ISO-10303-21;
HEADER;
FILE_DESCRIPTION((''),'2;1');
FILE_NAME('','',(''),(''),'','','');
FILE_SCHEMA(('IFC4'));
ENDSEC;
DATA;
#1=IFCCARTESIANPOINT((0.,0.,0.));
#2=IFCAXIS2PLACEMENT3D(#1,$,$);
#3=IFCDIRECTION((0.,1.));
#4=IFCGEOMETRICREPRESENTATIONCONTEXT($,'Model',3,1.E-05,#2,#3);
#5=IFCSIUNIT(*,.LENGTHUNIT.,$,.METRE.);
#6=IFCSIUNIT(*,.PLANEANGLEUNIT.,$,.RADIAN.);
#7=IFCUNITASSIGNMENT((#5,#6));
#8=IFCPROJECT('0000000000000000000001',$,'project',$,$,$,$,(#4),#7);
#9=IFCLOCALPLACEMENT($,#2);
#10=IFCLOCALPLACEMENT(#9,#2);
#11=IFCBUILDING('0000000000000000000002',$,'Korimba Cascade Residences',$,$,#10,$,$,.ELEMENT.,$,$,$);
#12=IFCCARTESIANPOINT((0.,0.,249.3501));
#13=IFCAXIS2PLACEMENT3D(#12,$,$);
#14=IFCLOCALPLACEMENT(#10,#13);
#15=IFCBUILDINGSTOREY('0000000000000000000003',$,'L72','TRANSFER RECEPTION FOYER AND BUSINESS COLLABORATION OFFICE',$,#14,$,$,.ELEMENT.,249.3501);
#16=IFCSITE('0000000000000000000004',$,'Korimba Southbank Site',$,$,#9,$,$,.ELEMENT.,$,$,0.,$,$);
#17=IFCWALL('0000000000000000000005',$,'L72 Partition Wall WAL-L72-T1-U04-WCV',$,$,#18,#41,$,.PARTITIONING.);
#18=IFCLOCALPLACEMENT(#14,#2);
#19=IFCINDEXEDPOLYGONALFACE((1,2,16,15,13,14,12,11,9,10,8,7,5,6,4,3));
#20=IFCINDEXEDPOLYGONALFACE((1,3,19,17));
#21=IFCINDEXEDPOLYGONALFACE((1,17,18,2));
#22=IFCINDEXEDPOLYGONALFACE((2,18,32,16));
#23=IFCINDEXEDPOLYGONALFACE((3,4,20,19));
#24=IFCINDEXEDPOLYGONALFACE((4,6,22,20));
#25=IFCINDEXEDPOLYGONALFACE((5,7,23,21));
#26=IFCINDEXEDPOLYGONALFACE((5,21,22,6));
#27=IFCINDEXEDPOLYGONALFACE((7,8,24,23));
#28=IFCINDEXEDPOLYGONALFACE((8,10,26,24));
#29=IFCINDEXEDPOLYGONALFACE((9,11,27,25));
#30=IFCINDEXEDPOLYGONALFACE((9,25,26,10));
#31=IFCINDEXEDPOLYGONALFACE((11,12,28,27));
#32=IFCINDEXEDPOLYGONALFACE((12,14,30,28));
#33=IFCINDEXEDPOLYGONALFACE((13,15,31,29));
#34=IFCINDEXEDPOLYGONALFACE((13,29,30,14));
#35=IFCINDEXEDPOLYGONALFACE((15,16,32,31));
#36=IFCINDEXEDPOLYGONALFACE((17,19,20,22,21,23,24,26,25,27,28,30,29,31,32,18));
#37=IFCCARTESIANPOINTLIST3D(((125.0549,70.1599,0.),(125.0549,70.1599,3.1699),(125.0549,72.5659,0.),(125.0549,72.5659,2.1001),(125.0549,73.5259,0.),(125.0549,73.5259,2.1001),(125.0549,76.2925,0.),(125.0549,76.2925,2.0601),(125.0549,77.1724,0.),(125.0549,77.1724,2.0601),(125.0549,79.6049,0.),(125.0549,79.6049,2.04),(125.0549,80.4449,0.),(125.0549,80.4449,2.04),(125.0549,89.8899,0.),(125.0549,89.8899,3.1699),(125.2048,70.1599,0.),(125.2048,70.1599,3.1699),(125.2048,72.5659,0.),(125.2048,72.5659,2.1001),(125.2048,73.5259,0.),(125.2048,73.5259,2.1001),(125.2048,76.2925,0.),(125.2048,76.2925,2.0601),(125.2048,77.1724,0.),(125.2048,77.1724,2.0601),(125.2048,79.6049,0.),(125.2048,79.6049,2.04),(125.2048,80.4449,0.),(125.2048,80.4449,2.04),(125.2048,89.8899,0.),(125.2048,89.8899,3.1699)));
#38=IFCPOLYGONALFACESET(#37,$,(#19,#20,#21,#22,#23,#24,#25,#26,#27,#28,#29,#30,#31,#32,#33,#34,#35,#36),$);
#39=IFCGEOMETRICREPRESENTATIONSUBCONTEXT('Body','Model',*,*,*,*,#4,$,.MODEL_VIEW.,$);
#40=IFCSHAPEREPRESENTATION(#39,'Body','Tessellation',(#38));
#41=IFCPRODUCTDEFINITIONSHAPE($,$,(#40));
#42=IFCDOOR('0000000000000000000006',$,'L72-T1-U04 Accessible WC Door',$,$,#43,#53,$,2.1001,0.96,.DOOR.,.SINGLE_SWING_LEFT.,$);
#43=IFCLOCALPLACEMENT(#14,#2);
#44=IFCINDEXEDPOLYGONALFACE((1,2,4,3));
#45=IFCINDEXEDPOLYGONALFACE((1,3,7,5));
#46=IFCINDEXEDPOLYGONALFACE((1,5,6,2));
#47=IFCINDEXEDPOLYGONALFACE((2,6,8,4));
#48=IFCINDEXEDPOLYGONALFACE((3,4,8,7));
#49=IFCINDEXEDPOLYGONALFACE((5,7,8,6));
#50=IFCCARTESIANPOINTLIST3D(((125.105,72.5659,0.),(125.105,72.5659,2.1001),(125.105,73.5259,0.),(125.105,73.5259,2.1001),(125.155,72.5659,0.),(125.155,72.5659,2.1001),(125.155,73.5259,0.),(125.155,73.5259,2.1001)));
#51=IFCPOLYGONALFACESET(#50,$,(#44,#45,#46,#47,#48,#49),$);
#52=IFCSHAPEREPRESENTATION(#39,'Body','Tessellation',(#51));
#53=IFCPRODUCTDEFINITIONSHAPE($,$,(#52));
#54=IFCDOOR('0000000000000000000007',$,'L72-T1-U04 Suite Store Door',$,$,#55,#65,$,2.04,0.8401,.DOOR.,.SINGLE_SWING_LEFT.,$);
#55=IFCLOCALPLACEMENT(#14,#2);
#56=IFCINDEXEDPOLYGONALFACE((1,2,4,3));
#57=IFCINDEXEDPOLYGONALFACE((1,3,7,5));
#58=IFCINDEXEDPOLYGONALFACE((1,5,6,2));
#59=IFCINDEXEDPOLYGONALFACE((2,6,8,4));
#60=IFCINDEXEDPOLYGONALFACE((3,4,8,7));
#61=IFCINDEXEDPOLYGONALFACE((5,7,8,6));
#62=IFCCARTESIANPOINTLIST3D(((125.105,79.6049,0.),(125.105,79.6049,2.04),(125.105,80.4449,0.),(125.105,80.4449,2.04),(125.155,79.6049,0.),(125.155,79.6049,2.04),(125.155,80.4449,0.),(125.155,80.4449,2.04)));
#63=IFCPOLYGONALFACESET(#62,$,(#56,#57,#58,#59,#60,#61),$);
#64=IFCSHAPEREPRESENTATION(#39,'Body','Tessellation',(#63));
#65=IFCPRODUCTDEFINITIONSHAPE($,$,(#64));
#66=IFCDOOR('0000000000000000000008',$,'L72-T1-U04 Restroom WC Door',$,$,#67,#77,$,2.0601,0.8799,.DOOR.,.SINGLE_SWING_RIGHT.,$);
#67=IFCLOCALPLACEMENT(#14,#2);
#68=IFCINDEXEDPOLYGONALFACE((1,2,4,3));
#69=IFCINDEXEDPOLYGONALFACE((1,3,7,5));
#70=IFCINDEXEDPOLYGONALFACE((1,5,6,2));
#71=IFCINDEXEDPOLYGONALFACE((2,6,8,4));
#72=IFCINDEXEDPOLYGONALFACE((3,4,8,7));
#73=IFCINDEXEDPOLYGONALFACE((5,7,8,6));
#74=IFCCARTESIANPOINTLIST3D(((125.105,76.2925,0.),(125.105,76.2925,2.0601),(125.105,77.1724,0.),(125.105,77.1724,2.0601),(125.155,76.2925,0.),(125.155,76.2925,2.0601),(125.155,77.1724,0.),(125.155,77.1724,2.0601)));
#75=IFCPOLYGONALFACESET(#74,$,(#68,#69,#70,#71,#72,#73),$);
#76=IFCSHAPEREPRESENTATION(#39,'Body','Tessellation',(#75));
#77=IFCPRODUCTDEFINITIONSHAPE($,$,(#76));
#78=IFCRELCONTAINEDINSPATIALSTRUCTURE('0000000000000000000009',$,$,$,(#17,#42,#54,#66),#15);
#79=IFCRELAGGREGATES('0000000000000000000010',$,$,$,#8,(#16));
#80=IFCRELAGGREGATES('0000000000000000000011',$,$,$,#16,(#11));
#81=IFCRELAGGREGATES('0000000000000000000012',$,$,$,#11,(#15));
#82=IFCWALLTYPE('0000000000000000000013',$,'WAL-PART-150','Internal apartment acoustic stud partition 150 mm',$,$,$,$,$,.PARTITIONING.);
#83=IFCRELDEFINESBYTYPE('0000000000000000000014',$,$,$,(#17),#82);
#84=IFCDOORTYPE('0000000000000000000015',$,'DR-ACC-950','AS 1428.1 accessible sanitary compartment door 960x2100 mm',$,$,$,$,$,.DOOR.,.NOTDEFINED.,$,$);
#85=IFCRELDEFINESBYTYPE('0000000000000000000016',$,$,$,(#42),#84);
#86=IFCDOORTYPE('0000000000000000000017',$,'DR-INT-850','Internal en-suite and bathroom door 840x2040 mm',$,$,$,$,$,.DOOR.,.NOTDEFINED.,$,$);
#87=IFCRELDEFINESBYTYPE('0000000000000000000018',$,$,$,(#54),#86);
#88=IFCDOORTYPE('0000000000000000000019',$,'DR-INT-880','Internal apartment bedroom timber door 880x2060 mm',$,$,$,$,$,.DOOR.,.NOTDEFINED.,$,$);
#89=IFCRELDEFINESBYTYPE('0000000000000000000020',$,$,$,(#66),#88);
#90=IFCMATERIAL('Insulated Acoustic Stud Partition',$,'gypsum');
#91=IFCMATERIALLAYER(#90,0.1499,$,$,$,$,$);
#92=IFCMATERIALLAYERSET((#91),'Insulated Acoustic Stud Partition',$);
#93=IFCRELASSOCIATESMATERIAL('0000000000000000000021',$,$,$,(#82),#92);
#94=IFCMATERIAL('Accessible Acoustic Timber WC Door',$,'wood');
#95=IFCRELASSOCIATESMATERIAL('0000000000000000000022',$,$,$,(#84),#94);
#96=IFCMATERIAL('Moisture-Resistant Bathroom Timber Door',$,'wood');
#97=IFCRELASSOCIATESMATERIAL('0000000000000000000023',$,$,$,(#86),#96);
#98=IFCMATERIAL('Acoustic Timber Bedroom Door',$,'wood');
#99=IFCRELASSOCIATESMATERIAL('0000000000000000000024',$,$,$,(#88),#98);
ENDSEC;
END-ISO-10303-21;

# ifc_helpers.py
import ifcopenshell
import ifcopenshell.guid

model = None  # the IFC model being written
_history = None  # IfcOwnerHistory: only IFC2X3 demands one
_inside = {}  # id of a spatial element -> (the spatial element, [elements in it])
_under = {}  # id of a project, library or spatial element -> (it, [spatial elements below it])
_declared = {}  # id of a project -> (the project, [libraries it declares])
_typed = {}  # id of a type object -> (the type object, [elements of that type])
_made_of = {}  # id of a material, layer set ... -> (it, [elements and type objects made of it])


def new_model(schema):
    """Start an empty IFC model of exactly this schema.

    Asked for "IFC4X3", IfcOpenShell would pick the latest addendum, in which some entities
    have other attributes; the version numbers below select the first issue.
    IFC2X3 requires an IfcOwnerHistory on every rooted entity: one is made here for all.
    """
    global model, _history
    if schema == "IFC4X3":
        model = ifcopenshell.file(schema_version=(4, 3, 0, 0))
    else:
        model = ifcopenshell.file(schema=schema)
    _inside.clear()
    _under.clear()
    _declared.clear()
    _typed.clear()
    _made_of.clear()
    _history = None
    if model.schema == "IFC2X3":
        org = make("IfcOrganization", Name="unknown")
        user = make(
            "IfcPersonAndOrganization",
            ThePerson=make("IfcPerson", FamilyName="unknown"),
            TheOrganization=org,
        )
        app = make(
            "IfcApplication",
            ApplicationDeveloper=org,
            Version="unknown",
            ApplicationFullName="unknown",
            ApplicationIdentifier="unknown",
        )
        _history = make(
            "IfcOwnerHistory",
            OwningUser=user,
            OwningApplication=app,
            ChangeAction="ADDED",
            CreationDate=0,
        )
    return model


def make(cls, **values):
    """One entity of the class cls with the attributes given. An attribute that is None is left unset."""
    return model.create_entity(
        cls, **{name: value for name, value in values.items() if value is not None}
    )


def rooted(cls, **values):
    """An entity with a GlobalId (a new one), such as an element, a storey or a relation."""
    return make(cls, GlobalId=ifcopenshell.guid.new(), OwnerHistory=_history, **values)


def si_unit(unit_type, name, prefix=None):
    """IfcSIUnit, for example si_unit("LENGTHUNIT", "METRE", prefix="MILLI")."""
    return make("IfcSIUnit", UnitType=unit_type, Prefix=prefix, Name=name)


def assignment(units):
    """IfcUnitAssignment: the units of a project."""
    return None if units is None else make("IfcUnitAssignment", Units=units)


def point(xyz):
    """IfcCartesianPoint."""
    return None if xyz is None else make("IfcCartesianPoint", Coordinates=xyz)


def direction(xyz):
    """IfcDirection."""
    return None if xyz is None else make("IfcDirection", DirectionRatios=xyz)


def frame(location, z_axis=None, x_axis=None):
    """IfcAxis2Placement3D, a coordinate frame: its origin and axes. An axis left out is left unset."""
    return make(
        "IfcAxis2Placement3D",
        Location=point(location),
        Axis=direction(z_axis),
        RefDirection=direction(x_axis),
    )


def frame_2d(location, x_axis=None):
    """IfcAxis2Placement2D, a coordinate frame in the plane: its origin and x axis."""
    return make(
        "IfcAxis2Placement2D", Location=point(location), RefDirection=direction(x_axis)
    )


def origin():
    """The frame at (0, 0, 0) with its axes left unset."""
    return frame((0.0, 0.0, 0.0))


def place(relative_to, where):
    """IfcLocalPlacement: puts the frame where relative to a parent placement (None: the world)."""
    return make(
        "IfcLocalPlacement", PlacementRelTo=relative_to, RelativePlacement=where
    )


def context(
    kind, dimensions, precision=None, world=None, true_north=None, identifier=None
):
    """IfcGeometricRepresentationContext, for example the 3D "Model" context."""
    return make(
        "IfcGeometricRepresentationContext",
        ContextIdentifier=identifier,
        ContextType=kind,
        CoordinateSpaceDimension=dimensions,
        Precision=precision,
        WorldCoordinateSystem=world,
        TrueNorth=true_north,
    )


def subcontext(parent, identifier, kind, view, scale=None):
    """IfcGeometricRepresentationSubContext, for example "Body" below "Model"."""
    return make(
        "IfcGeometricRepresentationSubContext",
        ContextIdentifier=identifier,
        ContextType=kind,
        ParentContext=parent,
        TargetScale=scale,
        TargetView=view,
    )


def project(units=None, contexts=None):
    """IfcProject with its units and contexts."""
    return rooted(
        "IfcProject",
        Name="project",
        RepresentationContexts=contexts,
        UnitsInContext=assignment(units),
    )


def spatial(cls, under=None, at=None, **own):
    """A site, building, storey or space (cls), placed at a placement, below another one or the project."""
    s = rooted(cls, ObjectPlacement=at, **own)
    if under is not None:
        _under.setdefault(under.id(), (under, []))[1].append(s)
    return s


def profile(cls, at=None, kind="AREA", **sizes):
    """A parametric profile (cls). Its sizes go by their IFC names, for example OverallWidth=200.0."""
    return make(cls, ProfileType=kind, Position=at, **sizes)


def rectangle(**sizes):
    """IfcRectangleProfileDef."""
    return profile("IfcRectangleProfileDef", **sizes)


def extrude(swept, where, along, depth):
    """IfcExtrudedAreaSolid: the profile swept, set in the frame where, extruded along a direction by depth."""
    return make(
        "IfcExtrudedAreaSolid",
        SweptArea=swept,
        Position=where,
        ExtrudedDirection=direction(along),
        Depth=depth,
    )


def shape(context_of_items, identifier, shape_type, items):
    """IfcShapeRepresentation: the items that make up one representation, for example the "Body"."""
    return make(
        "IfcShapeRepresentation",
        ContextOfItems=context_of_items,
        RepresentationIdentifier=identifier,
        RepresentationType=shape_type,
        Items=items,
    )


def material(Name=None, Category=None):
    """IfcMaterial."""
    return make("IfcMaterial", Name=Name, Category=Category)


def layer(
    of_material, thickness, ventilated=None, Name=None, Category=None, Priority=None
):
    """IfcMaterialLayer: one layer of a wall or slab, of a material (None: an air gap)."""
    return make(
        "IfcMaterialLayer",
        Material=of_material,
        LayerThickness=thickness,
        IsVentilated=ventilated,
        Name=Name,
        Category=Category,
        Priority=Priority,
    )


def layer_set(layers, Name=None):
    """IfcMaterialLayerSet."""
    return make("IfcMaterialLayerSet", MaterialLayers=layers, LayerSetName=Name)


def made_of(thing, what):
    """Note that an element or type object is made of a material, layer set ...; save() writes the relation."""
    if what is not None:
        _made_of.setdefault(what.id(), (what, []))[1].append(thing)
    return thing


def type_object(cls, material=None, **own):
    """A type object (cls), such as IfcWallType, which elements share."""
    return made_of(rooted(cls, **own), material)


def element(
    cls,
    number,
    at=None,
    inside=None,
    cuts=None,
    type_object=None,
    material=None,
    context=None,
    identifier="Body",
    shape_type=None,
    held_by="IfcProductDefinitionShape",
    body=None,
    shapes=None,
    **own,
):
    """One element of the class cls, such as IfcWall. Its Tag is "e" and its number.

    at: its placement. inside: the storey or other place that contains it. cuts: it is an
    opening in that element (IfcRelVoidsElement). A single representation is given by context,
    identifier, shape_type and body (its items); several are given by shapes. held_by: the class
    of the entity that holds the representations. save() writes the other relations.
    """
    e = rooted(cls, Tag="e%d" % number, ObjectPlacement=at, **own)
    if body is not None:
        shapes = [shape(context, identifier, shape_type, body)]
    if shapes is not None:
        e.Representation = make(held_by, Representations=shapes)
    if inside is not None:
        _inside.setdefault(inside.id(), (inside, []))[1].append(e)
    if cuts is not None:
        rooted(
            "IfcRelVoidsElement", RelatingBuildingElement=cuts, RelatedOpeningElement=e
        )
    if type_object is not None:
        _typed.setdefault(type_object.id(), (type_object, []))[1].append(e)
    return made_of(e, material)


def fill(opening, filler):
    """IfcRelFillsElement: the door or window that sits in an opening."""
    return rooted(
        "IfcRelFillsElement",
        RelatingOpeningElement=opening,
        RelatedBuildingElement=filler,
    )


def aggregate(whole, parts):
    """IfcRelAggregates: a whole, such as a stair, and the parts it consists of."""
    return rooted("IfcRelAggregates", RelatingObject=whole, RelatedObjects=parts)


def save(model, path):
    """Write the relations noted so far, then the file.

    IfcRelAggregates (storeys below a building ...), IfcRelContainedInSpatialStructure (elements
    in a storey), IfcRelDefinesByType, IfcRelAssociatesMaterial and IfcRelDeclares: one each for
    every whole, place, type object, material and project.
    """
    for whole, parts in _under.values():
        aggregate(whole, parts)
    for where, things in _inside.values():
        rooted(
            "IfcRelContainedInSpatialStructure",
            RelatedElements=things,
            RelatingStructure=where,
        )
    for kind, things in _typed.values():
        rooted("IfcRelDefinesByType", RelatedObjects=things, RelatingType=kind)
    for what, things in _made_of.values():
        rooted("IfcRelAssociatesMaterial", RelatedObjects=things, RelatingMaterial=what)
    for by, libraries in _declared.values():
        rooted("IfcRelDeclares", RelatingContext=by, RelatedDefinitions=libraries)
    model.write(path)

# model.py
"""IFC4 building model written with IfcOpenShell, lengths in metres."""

from ifc_helpers import new_model, si_unit, direction, frame, frame_2d, origin, place, context, subcontext, project, spatial, rectangle, extrude, material, layer, layer_set, type_object, element, fill, save


model = new_model("IFC4")

# Units and contexts
model_context = context("Model", 3, precision=1e-05, world=origin(), true_north=direction((0.0, 1.0)))
body_context = subcontext(model_context, "Body", "Model", "MODEL_VIEW")
ifc_project = project(units=[si_unit("LENGTHUNIT", "METRE"), si_unit("PLANEANGLEUNIT", "RADIAN")], contexts=[model_context])

# Site, building, storey
site_placement = place(None, origin())
site = spatial("IfcSite", under=ifc_project, at=site_placement, Name="Korimba Southbank Site", CompositionType="ELEMENT", RefElevation=0.0)
building_placement = place(site_placement, origin())
building = spatial("IfcBuilding", under=site, at=building_placement, Name="Korimba Cascade Residences", CompositionType="ELEMENT")
storey_placement = place(building_placement, frame((0.0, 0.0, 249.3501)))
storey = spatial("IfcBuildingStorey", under=building, at=storey_placement, Name="L72", Description="TRANSFER RECEPTION FOYER AND BUSINESS COLLABORATION OFFICE", CompositionType="ELEMENT", Elevation=249.3501)

# Shared definitions
ifc_material_1 = material(Name="Insulated Acoustic Stud Partition", Category="gypsum")
ifc_layer_1 = layer(ifc_material_1, 0.1499)
ifc_layer_set_1 = layer_set([ifc_layer_1], Name="Insulated Acoustic Stud Partition")
wall_type_1 = type_object("IfcWallType", Name="WAL-PART-150", Description="Internal apartment acoustic stud partition 150 mm", PredefinedType="PARTITIONING", material=ifc_layer_set_1)

# Wall, openings, doors
wall_1_placement = place(storey_placement, frame((125.1299, 70.1599, 0.0), z_axis=(0.0, 0.0, 1.0), x_axis=(0.0, 1.0, 0.0)))
wall_1 = element("IfcWall", 1, at=wall_1_placement, inside=storey, type_object=wall_type_1, Name="L72 Partition Wall WAL-L72-T1-U04-WCV", PredefinedType="PARTITIONING", context=body_context, shape_type="SweptSolid", body=[
    extrude(rectangle(XDim=19.73, YDim=0.1499, at=frame_2d((9.865, 0.0))), origin(), (0.0, 0.0, 1.0), 3.1699),
])
opening_1_placement = place(wall_1_placement, frame((2.406, 0.0, 0.0)))
opening_1 = element("IfcOpeningElement", 2, at=opening_1_placement, cuts=wall_1, PredefinedType="OPENING", context=body_context, shape_type="SweptSolid", body=[
    extrude(rectangle(XDim=0.96, YDim=2.1001, at=frame_2d((0.48, 1.05))), frame((0.0, 0.085, 0.0), z_axis=(0.0, -1.0, 0.0), x_axis=(1.0, 0.0, 0.0)), (0.0, 0.0, 1.0), 0.1699),
])
opening_2_placement = place(wall_1_placement, frame((6.1326, 0.0, 0.0)))
opening_2 = element("IfcOpeningElement", 3, at=opening_2_placement, cuts=wall_1, PredefinedType="OPENING", context=body_context, shape_type="SweptSolid", body=[
    extrude(rectangle(XDim=0.8799, YDim=2.0601, at=frame_2d((0.4399, 1.03))), frame((0.0, 0.085, 0.0), z_axis=(0.0, -1.0, 0.0), x_axis=(1.0, 0.0, 0.0)), (0.0, 0.0, 1.0), 0.1699),
])
opening_3_placement = place(wall_1_placement, frame((9.4451, 0.0, 0.0)))
opening_3 = element("IfcOpeningElement", 4, at=opening_3_placement, cuts=wall_1, PredefinedType="OPENING", context=body_context, shape_type="SweptSolid", body=[
    extrude(rectangle(XDim=0.8401, YDim=2.04, at=frame_2d((0.4199, 1.02))), frame((0.0, 0.085, 0.0), z_axis=(0.0, -1.0, 0.0), x_axis=(1.0, 0.0, 0.0)), (0.0, 0.0, 1.0), 0.1699),
])
ifc_material_2 = material(Name="Accessible Acoustic Timber WC Door", Category="wood")
door_type_1 = type_object("IfcDoorType", Name="DR-ACC-950", Description="AS 1428.1 accessible sanitary compartment door 960x2100 mm", OperationType="NOTDEFINED", PredefinedType="DOOR", material=ifc_material_2)
door_1_placement = place(opening_1_placement, origin())
door_1 = element("IfcDoor", 5, at=door_1_placement, inside=storey, type_object=door_type_1, Name="L72-T1-U04 Accessible WC Door", OperationType="SINGLE_SWING_LEFT", OverallHeight=2.1001, OverallWidth=0.96, PredefinedType="DOOR", context=body_context, shape_type="SweptSolid", body=[
    extrude(rectangle(XDim=0.96, YDim=2.1001, at=frame_2d((0.48, 1.05))), frame((0.0, 0.0249, 0.0), z_axis=(0.0, -1.0, 0.0), x_axis=(1.0, 0.0, 0.0)), (0.0, 0.0, 1.0), 0.05),
])
fill(opening_1, door_1)
ifc_material_3 = material(Name="Moisture-Resistant Bathroom Timber Door", Category="wood")
door_type_2 = type_object("IfcDoorType", Name="DR-INT-850", Description="Internal en-suite and bathroom door 840x2040 mm", OperationType="NOTDEFINED", PredefinedType="DOOR", material=ifc_material_3)
door_2_placement = place(opening_3_placement, origin())
door_2 = element("IfcDoor", 6, at=door_2_placement, inside=storey, type_object=door_type_2, Name="L72-T1-U04 Suite Store Door", OperationType="SINGLE_SWING_LEFT", OverallHeight=2.04, OverallWidth=0.8401, PredefinedType="DOOR", context=body_context, shape_type="SweptSolid", body=[
    extrude(rectangle(XDim=0.8401, YDim=2.04, at=frame_2d((0.4199, 1.02))), frame((0.0, 0.0249, 0.0), z_axis=(0.0, -1.0, 0.0), x_axis=(1.0, 0.0, 0.0)), (0.0, 0.0, 1.0), 0.05),
])
fill(opening_3, door_2)
ifc_material_4 = material(Name="Acoustic Timber Bedroom Door", Category="wood")
door_type_3 = type_object("IfcDoorType", Name="DR-INT-880", Description="Internal apartment bedroom timber door 880x2060 mm", OperationType="NOTDEFINED", PredefinedType="DOOR", material=ifc_material_4)
door_3_placement = place(opening_2_placement, origin())
door_3 = element("IfcDoor", 7, at=door_3_placement, inside=storey, type_object=door_type_3, Name="L72-T1-U04 Restroom WC Door", OperationType="SINGLE_SWING_RIGHT", OverallHeight=2.0601, OverallWidth=0.8799, PredefinedType="DOOR", context=body_context, shape_type="SweptSolid", body=[
    extrude(rectangle(XDim=0.8799, YDim=2.0601, at=frame_2d((0.4399, 1.03))), frame((0.0, 0.0249, 0.0), z_axis=(0.0, -1.0, 0.0), x_axis=(1.0, 0.0, 0.0)), (0.0, 0.0, 1.0), 0.05),
])
fill(opening_2, door_3)

save(model, "model.ifc")
